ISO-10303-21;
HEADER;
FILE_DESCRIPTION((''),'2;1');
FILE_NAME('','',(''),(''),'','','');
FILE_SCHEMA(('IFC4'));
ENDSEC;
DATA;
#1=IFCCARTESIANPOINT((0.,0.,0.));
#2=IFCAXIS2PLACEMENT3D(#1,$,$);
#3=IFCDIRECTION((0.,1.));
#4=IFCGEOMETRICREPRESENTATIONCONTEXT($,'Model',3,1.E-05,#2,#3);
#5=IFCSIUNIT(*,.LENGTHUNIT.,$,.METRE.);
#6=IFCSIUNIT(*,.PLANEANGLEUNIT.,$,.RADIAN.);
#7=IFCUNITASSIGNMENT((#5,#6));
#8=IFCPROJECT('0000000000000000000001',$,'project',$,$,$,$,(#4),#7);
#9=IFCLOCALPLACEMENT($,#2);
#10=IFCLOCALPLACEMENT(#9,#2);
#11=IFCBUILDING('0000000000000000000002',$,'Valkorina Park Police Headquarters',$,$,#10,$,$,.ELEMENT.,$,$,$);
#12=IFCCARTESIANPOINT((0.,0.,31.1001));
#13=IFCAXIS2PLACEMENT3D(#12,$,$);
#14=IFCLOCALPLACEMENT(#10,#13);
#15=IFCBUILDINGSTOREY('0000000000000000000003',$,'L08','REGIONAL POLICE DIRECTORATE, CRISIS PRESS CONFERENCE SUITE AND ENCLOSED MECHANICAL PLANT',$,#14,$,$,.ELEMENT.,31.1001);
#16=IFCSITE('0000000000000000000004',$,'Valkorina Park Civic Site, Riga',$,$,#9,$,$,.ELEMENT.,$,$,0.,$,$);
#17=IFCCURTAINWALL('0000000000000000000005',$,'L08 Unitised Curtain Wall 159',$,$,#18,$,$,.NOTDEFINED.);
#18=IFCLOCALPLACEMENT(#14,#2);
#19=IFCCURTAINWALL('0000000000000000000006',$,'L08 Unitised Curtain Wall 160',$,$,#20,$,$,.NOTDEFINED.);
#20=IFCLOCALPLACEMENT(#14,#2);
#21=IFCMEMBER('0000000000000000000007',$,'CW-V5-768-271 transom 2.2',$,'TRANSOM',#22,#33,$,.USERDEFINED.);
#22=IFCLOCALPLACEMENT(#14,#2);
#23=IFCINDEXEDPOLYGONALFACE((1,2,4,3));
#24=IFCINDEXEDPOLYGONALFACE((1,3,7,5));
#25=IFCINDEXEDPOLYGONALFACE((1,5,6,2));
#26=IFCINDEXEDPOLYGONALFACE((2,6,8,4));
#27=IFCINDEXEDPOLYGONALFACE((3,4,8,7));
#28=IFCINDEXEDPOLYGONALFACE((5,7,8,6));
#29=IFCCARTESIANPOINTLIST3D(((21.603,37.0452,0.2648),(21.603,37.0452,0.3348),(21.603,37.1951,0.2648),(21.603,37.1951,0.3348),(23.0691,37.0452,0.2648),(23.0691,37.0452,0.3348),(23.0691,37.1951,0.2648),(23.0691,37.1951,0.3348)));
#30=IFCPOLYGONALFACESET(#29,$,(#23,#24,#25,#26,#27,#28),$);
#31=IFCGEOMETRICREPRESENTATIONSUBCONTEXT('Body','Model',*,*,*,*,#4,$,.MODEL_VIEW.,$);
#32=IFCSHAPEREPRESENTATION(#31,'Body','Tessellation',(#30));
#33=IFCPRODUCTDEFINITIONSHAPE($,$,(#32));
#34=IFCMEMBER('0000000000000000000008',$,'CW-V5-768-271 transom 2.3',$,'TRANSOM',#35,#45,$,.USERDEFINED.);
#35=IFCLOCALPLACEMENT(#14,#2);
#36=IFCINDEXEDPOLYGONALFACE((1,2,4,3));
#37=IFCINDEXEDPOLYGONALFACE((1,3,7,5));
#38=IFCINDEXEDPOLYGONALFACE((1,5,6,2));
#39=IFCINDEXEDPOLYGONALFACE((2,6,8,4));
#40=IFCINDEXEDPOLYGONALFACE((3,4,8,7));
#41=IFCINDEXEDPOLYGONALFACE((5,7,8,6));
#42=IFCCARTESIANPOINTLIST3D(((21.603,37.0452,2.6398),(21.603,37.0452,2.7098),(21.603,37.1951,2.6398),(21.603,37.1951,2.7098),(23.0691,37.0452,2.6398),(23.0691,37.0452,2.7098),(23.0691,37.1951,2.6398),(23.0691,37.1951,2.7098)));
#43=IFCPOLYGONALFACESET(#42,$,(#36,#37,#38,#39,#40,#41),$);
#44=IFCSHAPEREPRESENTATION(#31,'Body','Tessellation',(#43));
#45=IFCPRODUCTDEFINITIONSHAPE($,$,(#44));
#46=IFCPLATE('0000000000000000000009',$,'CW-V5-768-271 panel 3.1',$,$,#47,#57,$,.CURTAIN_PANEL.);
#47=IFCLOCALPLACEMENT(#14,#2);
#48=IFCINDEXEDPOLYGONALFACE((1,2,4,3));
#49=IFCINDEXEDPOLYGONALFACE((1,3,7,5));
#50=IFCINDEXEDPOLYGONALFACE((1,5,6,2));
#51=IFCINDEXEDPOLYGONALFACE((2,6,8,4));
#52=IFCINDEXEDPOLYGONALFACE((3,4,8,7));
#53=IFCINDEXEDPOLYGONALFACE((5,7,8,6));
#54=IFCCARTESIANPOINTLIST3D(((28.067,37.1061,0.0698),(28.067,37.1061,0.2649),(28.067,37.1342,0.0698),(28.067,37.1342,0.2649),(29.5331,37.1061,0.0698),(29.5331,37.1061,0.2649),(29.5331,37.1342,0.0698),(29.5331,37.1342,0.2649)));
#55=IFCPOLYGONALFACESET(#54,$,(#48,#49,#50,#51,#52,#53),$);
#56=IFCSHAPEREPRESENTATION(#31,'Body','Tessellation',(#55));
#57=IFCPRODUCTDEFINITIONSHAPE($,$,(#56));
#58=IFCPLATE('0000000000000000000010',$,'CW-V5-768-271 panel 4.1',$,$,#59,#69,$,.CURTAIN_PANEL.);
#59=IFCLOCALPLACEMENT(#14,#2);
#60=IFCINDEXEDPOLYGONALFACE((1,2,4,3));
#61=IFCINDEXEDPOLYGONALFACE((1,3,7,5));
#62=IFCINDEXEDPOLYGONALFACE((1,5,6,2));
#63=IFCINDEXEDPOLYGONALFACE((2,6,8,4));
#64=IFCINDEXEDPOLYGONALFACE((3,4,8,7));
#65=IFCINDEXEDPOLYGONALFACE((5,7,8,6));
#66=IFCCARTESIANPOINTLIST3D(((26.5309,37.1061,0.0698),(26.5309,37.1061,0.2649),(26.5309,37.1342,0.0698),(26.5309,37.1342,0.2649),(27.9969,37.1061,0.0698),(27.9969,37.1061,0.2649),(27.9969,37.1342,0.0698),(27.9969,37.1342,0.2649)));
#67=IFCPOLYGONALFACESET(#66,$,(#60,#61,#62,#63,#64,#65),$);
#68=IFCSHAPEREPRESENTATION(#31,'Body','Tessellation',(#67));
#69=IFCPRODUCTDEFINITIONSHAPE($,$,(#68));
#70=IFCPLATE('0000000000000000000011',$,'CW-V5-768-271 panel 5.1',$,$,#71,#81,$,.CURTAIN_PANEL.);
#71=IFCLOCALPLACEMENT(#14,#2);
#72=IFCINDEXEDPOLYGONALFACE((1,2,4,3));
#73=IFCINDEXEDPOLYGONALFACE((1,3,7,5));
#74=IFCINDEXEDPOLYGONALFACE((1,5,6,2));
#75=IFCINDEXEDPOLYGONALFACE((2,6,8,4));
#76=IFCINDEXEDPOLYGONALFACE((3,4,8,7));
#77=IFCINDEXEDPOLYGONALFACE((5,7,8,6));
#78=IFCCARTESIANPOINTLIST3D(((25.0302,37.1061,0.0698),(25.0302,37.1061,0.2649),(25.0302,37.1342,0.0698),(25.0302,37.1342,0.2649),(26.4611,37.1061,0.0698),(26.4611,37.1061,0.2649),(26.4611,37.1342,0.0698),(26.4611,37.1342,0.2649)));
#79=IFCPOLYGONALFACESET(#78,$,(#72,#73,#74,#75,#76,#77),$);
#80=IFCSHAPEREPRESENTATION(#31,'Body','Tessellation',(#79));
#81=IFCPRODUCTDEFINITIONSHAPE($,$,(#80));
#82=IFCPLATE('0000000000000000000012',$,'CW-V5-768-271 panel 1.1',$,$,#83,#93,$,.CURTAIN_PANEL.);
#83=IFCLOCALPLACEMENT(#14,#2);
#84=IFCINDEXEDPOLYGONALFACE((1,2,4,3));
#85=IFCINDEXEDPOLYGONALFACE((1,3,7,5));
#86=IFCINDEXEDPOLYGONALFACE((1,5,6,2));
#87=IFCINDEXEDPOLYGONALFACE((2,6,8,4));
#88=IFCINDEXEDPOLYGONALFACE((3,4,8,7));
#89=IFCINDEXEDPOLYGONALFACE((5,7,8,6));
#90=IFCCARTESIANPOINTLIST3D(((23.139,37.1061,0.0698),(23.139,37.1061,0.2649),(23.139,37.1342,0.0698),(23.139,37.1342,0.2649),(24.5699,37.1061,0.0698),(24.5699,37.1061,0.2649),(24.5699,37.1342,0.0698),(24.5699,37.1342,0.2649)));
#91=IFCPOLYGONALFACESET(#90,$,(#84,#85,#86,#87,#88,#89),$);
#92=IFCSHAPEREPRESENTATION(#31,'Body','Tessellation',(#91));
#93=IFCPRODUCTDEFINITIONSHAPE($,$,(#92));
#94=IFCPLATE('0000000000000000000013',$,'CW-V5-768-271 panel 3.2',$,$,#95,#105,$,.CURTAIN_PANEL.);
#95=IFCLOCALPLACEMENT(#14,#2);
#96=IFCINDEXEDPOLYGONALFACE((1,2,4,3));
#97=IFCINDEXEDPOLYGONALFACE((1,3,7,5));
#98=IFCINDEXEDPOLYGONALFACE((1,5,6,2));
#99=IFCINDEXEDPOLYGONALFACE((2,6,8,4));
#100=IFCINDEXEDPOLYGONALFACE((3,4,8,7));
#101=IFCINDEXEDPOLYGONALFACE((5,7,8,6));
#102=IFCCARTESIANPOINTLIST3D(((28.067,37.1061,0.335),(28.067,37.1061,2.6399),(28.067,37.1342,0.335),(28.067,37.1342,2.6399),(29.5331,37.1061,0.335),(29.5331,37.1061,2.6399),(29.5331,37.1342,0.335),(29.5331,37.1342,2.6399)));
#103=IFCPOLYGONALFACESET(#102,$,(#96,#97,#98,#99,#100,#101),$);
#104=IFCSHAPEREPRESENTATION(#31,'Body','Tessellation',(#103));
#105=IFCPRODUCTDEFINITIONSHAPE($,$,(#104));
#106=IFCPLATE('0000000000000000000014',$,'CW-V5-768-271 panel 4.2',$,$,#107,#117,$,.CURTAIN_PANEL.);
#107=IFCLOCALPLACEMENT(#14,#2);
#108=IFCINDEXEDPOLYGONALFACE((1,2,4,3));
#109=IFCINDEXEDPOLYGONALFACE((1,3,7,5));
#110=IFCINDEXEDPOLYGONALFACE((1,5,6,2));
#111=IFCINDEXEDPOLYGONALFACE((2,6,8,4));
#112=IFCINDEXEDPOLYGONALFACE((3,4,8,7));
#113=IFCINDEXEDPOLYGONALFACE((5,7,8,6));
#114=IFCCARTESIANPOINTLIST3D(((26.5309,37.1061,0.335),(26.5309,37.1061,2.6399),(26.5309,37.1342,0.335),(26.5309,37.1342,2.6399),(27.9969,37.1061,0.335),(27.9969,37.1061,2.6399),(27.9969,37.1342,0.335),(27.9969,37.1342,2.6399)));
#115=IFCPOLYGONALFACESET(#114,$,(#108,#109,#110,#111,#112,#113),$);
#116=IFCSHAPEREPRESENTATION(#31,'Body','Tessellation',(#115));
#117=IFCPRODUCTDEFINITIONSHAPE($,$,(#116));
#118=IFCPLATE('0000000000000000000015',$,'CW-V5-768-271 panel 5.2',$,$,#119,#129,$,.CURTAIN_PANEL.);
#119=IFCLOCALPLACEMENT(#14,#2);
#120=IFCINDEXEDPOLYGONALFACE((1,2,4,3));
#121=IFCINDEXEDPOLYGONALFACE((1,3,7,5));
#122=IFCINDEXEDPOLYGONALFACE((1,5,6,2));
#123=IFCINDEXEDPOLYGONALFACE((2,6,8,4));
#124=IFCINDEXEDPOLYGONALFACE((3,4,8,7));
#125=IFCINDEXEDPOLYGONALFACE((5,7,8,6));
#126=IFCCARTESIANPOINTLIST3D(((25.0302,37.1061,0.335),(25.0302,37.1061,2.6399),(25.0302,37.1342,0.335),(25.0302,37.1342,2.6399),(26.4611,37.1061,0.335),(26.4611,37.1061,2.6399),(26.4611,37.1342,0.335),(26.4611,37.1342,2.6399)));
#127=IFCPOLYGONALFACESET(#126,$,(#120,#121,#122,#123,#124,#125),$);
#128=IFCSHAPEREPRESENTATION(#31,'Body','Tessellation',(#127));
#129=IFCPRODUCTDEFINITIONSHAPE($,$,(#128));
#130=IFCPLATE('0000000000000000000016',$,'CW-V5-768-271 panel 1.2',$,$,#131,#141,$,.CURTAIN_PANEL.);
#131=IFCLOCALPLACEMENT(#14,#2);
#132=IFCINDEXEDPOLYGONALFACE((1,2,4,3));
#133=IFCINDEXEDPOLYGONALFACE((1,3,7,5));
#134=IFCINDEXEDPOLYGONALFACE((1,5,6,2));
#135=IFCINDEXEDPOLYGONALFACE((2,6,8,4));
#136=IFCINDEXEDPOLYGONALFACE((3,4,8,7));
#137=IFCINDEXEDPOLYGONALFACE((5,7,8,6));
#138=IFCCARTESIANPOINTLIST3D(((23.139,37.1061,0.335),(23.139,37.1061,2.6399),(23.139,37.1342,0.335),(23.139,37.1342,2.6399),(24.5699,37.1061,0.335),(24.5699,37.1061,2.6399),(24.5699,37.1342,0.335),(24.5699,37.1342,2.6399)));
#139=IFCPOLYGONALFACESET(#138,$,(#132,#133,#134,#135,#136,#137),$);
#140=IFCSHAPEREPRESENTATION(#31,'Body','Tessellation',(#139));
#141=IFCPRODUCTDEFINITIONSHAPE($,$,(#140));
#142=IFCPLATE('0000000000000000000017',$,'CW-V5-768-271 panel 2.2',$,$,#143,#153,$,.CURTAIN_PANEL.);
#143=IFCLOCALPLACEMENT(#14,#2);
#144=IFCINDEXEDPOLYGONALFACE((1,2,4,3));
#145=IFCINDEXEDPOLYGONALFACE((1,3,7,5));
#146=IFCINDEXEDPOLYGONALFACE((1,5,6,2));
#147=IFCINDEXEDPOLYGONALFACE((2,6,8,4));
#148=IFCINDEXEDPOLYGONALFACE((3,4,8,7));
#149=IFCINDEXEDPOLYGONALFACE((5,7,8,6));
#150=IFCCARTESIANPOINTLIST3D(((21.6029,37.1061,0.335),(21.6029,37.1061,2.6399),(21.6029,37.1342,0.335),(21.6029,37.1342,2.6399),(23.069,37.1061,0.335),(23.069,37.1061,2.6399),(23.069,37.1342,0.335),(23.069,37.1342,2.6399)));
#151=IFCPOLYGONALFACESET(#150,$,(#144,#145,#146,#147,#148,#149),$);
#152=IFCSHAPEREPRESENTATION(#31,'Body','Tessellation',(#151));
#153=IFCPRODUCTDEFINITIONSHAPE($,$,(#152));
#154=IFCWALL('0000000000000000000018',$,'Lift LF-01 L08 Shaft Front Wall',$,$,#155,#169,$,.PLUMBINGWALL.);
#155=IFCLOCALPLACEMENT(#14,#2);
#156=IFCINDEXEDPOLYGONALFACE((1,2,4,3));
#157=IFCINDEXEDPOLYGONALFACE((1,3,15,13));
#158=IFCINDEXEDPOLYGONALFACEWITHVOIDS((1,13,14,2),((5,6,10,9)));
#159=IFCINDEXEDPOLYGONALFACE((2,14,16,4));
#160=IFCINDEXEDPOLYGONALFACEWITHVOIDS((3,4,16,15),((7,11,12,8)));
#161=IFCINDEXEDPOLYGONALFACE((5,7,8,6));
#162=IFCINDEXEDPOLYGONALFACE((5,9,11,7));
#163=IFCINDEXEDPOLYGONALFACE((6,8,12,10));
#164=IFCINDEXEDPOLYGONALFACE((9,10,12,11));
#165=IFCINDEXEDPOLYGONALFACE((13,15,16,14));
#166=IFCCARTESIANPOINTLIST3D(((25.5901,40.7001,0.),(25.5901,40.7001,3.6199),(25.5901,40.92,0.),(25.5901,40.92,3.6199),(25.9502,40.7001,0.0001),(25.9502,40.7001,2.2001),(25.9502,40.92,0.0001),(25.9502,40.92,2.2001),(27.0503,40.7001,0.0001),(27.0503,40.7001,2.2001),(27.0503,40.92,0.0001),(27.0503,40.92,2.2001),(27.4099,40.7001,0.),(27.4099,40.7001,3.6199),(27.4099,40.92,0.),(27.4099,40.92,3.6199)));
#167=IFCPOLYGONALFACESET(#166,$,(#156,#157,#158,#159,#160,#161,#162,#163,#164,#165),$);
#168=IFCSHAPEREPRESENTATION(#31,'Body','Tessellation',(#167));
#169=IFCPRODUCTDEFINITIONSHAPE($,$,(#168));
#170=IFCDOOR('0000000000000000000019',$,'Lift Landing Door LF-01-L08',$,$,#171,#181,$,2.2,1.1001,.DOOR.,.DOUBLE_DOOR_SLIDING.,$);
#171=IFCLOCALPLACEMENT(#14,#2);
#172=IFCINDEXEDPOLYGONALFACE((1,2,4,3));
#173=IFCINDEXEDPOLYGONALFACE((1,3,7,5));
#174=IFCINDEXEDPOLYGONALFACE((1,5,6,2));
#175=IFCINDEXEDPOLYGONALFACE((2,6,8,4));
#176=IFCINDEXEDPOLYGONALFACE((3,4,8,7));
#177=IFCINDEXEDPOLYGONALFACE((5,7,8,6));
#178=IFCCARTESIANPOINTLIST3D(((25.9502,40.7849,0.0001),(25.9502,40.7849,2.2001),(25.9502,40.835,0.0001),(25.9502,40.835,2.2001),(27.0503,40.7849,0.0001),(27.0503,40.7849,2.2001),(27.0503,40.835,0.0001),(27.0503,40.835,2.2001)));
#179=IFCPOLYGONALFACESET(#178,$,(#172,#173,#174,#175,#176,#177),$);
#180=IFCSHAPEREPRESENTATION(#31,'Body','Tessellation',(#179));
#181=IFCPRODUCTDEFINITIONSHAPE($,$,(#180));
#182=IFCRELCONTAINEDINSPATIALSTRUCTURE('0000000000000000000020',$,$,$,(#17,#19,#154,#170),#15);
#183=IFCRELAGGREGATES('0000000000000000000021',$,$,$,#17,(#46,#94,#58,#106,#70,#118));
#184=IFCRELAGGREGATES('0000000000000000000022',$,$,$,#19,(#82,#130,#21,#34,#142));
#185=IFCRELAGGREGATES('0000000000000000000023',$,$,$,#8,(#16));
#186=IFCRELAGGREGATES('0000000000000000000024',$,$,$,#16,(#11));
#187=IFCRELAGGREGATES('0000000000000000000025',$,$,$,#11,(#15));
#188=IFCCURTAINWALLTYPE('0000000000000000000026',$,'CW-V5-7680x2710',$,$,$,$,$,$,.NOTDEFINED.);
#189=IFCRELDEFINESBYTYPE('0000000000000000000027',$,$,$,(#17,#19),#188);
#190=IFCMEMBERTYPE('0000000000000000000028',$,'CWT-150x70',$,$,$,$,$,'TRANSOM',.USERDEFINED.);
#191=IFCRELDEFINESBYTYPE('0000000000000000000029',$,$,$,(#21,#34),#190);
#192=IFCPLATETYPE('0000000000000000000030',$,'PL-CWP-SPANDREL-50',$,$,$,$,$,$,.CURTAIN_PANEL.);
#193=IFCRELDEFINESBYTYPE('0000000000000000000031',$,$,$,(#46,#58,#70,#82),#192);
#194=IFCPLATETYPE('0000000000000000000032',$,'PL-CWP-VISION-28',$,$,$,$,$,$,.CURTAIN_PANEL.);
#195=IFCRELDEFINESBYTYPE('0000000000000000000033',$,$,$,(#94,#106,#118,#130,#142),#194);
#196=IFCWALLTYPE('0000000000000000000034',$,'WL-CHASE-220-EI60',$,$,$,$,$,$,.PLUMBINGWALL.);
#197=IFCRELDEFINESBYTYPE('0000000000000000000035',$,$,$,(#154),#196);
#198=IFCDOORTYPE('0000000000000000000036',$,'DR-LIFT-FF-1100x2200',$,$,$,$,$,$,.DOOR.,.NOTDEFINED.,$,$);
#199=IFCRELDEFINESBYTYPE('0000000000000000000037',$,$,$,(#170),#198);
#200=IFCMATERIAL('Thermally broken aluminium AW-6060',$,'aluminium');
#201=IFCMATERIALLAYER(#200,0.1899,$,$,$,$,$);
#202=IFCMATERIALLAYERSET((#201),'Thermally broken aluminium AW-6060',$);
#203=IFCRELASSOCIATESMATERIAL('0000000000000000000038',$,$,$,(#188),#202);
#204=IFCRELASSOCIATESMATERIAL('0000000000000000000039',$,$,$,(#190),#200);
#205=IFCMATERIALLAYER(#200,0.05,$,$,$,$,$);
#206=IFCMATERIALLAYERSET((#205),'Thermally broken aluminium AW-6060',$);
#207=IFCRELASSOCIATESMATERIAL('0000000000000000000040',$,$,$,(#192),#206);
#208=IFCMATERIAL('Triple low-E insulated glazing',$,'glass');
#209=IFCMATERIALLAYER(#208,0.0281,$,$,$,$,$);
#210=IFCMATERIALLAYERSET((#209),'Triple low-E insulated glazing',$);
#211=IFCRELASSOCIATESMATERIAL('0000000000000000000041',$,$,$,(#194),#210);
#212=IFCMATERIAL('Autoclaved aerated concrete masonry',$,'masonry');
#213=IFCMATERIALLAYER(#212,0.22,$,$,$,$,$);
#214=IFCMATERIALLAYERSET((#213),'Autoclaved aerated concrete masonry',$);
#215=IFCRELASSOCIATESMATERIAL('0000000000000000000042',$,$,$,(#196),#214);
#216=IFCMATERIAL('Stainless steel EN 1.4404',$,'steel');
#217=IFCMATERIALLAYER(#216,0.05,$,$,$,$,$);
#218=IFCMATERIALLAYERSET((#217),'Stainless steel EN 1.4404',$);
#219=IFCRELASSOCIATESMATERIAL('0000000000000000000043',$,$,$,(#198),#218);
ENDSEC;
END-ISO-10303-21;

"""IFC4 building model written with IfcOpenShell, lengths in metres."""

from ifc_helpers import new_model, si_unit, direction, frame, frame_2d, origin, origin_2d, place, context, subcontext, project, spatial, rectangle, extrude, material, layer, layer_set, material_profile, profile_set, type_object, element, fill, aggregate, save


model = new_model("IFC4")

# Units and contexts
model_context = context("Model", 3, precision=1e-05, world=origin(), true_north=direction((0.0, 1.0)))
body_context = subcontext(model_context, "Body", "Model", "MODEL_VIEW")
ifc_project = project(units=[si_unit("LENGTHUNIT", "METRE"), si_unit("PLANEANGLEUNIT", "RADIAN")], contexts=[model_context])

# Site, building, storey
site_placement = place(None, origin())
site = spatial("IfcSite", under=ifc_project, at=site_placement, Name="Valkorina Park Civic Site, Riga", CompositionType="ELEMENT", RefElevation=0.0)
building_placement = place(site_placement, origin())
building = spatial("IfcBuilding", under=site, at=building_placement, Name="Valkorina Park Police Headquarters", CompositionType="ELEMENT")
storey_placement = place(building_placement, frame((0.0, 0.0, 31.1001)))
storey = spatial("IfcBuildingStorey", under=building, at=storey_placement, Name="L08", Description="REGIONAL POLICE DIRECTORATE, CRISIS PRESS CONFERENCE SUITE AND ENCLOSED MECHANICAL PLANT", CompositionType="ELEMENT", Elevation=31.1001)

# Curtain walls
ifc_material_1 = material(Name="Thermally broken aluminium AW-6060", Category="aluminium")
ifc_layer_1 = layer(ifc_material_1, 0.1899)
ifc_layer_set_1 = layer_set([ifc_layer_1], Name="Thermally broken aluminium AW-6060")
curtain_wall_type = type_object("IfcCurtainWallType", Name="CW-V5-7680x2710", PredefinedType="NOTDEFINED", material=ifc_layer_set_1)
curtain_wall_1_placement = place(storey_placement, origin())
curtain_wall_1 = element("IfcCurtainWall", 1, at=curtain_wall_1_placement, inside=storey, type_object=curtain_wall_type, Name="L08 Unitised Curtain Wall 159", PredefinedType="NOTDEFINED")
curtain_wall_2_placement = place(storey_placement, origin())
curtain_wall_2 = element("IfcCurtainWall", 2, at=curtain_wall_2_placement, inside=storey, type_object=curtain_wall_type, Name="L08 Unitised Curtain Wall 160", PredefinedType="NOTDEFINED")

# Members
ifc_material_profile_1 = material_profile(ifc_material_1, rectangle(XDim=0.1499, YDim=0.0701, at=origin_2d()), Name="CWT-02 150x70")
ifc_profile_set_1 = profile_set([ifc_material_profile_1], Name="Thermally broken aluminium AW-6060")
member_type_1 = type_object("IfcMemberType", Name="CWT-150x70", ElementType="TRANSOM", PredefinedType="USERDEFINED", material=ifc_profile_set_1)
member_1_placement = place(storey_placement, frame((23.0691, 37.1201, 0.2998), z_axis=(-1.0, 0.0, 0.0), x_axis=(0.0, -1.0, 0.0)))
member_1 = element("IfcMember", 3, at=member_1_placement, type_object=member_type_1, Name="CW-V5-768-271 transom 2.2", ObjectType="TRANSOM", PredefinedType="USERDEFINED", context=body_context, shape_type="SweptSolid", body=[
    extrude(rectangle(XDim=0.1499, YDim=0.0701, at=origin_2d()), origin(), (0.0, 0.0, 1.0), 1.4661),
])
member_2_placement = place(storey_placement, frame((23.0691, 37.1201, 2.6748), z_axis=(-1.0, 0.0, 0.0), x_axis=(0.0, -1.0, 0.0)))
member_2 = element("IfcMember", 4, at=member_2_placement, type_object=member_type_1, Name="CW-V5-768-271 transom 2.3", ObjectType="TRANSOM", PredefinedType="USERDEFINED", context=body_context, shape_type="SweptSolid", body=[
    extrude(rectangle(XDim=0.1499, YDim=0.0701, at=origin_2d()), origin(), (0.0, 0.0, 1.0), 1.4661),
])

# Plates
ifc_layer_2 = layer(ifc_material_1, 0.05)
ifc_layer_set_2 = layer_set([ifc_layer_2], Name="Thermally broken aluminium AW-6060")
plate_type_1 = type_object("IfcPlateType", Name="PL-CWP-SPANDREL-50", PredefinedType="CURTAIN_PANEL", material=ifc_layer_set_2)
plate_1_placement = place(storey_placement, frame((28.8, 37.1201, 0.0698), z_axis=(0.0, 0.0, 1.0), x_axis=(-1.0, 0.0, 0.0)))
plate_1 = element("IfcPlate", 5, at=plate_1_placement, type_object=plate_type_1, Name="CW-V5-768-271 panel 3.1", PredefinedType="CURTAIN_PANEL", context=body_context, shape_type="SweptSolid", body=[
    extrude(rectangle(XDim=1.4661, YDim=0.0281, at=origin_2d()), origin(), (0.0, 0.0, 1.0), 0.1951),
])
plate_2_placement = place(storey_placement, frame((27.2639, 37.1201, 0.0698), z_axis=(0.0, 0.0, 1.0), x_axis=(-1.0, 0.0, 0.0)))
plate_2 = element("IfcPlate", 6, at=plate_2_placement, type_object=plate_type_1, Name="CW-V5-768-271 panel 4.1", PredefinedType="CURTAIN_PANEL", context=body_context, shape_type="SweptSolid", body=[
    extrude(rectangle(XDim=1.4661, YDim=0.0281, at=origin_2d()), origin(), (0.0, 0.0, 1.0), 0.1951),
])
plate_3_placement = place(storey_placement, frame((25.7456, 37.1201, 0.0698), z_axis=(0.0, 0.0, 1.0), x_axis=(-1.0, 0.0, 0.0)))
plate_3 = element("IfcPlate", 7, at=plate_3_placement, type_object=plate_type_1, Name="CW-V5-768-271 panel 5.1", PredefinedType="CURTAIN_PANEL", context=body_context, shape_type="SweptSolid", body=[
    extrude(rectangle(XDim=1.4309, YDim=0.0281, at=origin_2d()), origin(), (0.0, 0.0, 1.0), 0.1951),
])
plate_4_placement = place(storey_placement, frame((23.8545, 37.1201, 0.0698), z_axis=(0.0, 0.0, 1.0), x_axis=(-1.0, 0.0, 0.0)))
plate_4 = element("IfcPlate", 8, at=plate_4_placement, type_object=plate_type_1, Name="CW-V5-768-271 panel 1.1", PredefinedType="CURTAIN_PANEL", context=body_context, shape_type="SweptSolid", body=[
    extrude(rectangle(XDim=1.4309, YDim=0.0281, at=origin_2d()), origin(), (0.0, 0.0, 1.0), 0.1951),
])
ifc_material_2 = material(Name="Triple low-E insulated glazing", Category="glass")
ifc_layer_3 = layer(ifc_material_2, 0.0281)
ifc_layer_set_3 = layer_set([ifc_layer_3], Name="Triple low-E insulated glazing")
plate_type_2 = type_object("IfcPlateType", Name="PL-CWP-VISION-28", PredefinedType="CURTAIN_PANEL", material=ifc_layer_set_3)
plate_5_placement = place(storey_placement, frame((28.8, 37.1201, 0.335), z_axis=(0.0, 0.0, 1.0), x_axis=(-1.0, 0.0, 0.0)))
plate_5 = element("IfcPlate", 9, at=plate_5_placement, type_object=plate_type_2, Name="CW-V5-768-271 panel 3.2", PredefinedType="CURTAIN_PANEL", context=body_context, shape_type="SweptSolid", body=[
    extrude(rectangle(XDim=1.4661, YDim=0.0281, at=origin_2d()), origin(), (0.0, 0.0, 1.0), 2.3049),
])
plate_6_placement = place(storey_placement, frame((27.2639, 37.1201, 0.335), z_axis=(0.0, 0.0, 1.0), x_axis=(-1.0, 0.0, 0.0)))
plate_6 = element("IfcPlate", 10, at=plate_6_placement, type_object=plate_type_2, Name="CW-V5-768-271 panel 4.2", PredefinedType="CURTAIN_PANEL", context=body_context, shape_type="SweptSolid", body=[
    extrude(rectangle(XDim=1.4661, YDim=0.0281, at=origin_2d()), origin(), (0.0, 0.0, 1.0), 2.3049),
])
plate_7_placement = place(storey_placement, frame((25.7456, 37.1201, 0.335), z_axis=(0.0, 0.0, 1.0), x_axis=(-1.0, 0.0, 0.0)))
plate_7 = element("IfcPlate", 11, at=plate_7_placement, type_object=plate_type_2, Name="CW-V5-768-271 panel 5.2", PredefinedType="CURTAIN_PANEL", context=body_context, shape_type="SweptSolid", body=[
    extrude(rectangle(XDim=1.4309, YDim=0.0281, at=origin_2d()), origin(), (0.0, 0.0, 1.0), 2.3049),
])
aggregate(curtain_wall_1, [plate_1, plate_5, plate_2, plate_6, plate_3, plate_7])
plate_8_placement = place(storey_placement, frame((23.8545, 37.1201, 0.335), z_axis=(0.0, 0.0, 1.0), x_axis=(-1.0, 0.0, 0.0)))
plate_8 = element("IfcPlate", 12, at=plate_8_placement, type_object=plate_type_2, Name="CW-V5-768-271 panel 1.2", PredefinedType="CURTAIN_PANEL", context=body_context, shape_type="SweptSolid", body=[
    extrude(rectangle(XDim=1.4309, YDim=0.0281, at=origin_2d()), origin(), (0.0, 0.0, 1.0), 2.3049),
])
plate_9_placement = place(storey_placement, frame((22.3359, 37.1201, 0.335), z_axis=(0.0, 0.0, 1.0), x_axis=(-1.0, 0.0, 0.0)))
plate_9 = element("IfcPlate", 13, at=plate_9_placement, type_object=plate_type_2, Name="CW-V5-768-271 panel 2.2", PredefinedType="CURTAIN_PANEL", context=body_context, shape_type="SweptSolid", body=[
    extrude(rectangle(XDim=1.4661, YDim=0.0281, at=origin_2d()), origin(), (0.0, 0.0, 1.0), 2.3049),
])
aggregate(curtain_wall_2, [plate_4, plate_8, member_1, member_2, plate_9])

# Wall, opening, door
ifc_material_3 = material(Name="Autoclaved aerated concrete masonry", Category="masonry")
ifc_layer_4 = layer(ifc_material_3, 0.22)
ifc_layer_set_4 = layer_set([ifc_layer_4], Name="Autoclaved aerated concrete masonry")
wall_type_1 = type_object("IfcWallType", Name="WL-CHASE-220-EI60", PredefinedType="PLUMBINGWALL", material=ifc_layer_set_4)
wall_1_placement = place(storey_placement, frame((25.5901, 40.8101, 0.0), z_axis=(0.0, 0.0, 1.0), x_axis=(1.0, 0.0, 0.0)))
wall_1 = element("IfcWall", 14, at=wall_1_placement, inside=storey, type_object=wall_type_1, Name="Lift LF-01 L08 Shaft Front Wall", PredefinedType="PLUMBINGWALL", context=body_context, shape_type="SweptSolid", body=[
    extrude(rectangle(XDim=1.8198, YDim=0.22, at=frame_2d((0.9099, 0.0))), origin(), (0.0, 0.0, 1.0), 3.6199),
])
opening_1_placement = place(wall_1_placement, frame((0.3601, 0.0, 0.0)))
opening_1 = element("IfcOpeningElement", 15, at=opening_1_placement, cuts=wall_1, PredefinedType="OPENING", context=body_context, shape_type="SweptSolid", body=[
    extrude(rectangle(XDim=1.1001, YDim=2.2, at=frame_2d((0.55, 1.1001))), frame((0.0, 0.1201, 0.0), z_axis=(0.0, -1.0, 0.0), x_axis=(1.0, 0.0, 0.0)), (0.0, 0.0, 1.0), 0.24),
])
ifc_material_4 = material(Name="Stainless steel EN 1.4404", Category="steel")
ifc_layer_5 = layer(ifc_material_4, 0.05)
ifc_layer_set_5 = layer_set([ifc_layer_5], Name="Stainless steel EN 1.4404")
door_type_1 = type_object("IfcDoorType", Name="DR-LIFT-FF-1100x2200", OperationType="NOTDEFINED", PredefinedType="DOOR", material=ifc_layer_set_5)
door_1_placement = place(opening_1_placement, origin())
door_1 = element("IfcDoor", 16, at=door_1_placement, inside=storey, type_object=door_type_1, Name="Lift Landing Door LF-01-L08", OperationType="DOUBLE_DOOR_SLIDING", OverallHeight=2.2, OverallWidth=1.1001, PredefinedType="DOOR", context=body_context, shape_type="SweptSolid", body=[
    extrude(rectangle(XDim=1.1001, YDim=2.2, at=frame_2d((0.55, 1.1001))), frame((0.0, 0.0249, 0.0), z_axis=(0.0, -1.0, 0.0), x_axis=(1.0, 0.0, 0.0)), (0.0, 0.0, 1.0), 0.05),
])
fill(opening_1, door_1)

save(model, "model.ifc")
